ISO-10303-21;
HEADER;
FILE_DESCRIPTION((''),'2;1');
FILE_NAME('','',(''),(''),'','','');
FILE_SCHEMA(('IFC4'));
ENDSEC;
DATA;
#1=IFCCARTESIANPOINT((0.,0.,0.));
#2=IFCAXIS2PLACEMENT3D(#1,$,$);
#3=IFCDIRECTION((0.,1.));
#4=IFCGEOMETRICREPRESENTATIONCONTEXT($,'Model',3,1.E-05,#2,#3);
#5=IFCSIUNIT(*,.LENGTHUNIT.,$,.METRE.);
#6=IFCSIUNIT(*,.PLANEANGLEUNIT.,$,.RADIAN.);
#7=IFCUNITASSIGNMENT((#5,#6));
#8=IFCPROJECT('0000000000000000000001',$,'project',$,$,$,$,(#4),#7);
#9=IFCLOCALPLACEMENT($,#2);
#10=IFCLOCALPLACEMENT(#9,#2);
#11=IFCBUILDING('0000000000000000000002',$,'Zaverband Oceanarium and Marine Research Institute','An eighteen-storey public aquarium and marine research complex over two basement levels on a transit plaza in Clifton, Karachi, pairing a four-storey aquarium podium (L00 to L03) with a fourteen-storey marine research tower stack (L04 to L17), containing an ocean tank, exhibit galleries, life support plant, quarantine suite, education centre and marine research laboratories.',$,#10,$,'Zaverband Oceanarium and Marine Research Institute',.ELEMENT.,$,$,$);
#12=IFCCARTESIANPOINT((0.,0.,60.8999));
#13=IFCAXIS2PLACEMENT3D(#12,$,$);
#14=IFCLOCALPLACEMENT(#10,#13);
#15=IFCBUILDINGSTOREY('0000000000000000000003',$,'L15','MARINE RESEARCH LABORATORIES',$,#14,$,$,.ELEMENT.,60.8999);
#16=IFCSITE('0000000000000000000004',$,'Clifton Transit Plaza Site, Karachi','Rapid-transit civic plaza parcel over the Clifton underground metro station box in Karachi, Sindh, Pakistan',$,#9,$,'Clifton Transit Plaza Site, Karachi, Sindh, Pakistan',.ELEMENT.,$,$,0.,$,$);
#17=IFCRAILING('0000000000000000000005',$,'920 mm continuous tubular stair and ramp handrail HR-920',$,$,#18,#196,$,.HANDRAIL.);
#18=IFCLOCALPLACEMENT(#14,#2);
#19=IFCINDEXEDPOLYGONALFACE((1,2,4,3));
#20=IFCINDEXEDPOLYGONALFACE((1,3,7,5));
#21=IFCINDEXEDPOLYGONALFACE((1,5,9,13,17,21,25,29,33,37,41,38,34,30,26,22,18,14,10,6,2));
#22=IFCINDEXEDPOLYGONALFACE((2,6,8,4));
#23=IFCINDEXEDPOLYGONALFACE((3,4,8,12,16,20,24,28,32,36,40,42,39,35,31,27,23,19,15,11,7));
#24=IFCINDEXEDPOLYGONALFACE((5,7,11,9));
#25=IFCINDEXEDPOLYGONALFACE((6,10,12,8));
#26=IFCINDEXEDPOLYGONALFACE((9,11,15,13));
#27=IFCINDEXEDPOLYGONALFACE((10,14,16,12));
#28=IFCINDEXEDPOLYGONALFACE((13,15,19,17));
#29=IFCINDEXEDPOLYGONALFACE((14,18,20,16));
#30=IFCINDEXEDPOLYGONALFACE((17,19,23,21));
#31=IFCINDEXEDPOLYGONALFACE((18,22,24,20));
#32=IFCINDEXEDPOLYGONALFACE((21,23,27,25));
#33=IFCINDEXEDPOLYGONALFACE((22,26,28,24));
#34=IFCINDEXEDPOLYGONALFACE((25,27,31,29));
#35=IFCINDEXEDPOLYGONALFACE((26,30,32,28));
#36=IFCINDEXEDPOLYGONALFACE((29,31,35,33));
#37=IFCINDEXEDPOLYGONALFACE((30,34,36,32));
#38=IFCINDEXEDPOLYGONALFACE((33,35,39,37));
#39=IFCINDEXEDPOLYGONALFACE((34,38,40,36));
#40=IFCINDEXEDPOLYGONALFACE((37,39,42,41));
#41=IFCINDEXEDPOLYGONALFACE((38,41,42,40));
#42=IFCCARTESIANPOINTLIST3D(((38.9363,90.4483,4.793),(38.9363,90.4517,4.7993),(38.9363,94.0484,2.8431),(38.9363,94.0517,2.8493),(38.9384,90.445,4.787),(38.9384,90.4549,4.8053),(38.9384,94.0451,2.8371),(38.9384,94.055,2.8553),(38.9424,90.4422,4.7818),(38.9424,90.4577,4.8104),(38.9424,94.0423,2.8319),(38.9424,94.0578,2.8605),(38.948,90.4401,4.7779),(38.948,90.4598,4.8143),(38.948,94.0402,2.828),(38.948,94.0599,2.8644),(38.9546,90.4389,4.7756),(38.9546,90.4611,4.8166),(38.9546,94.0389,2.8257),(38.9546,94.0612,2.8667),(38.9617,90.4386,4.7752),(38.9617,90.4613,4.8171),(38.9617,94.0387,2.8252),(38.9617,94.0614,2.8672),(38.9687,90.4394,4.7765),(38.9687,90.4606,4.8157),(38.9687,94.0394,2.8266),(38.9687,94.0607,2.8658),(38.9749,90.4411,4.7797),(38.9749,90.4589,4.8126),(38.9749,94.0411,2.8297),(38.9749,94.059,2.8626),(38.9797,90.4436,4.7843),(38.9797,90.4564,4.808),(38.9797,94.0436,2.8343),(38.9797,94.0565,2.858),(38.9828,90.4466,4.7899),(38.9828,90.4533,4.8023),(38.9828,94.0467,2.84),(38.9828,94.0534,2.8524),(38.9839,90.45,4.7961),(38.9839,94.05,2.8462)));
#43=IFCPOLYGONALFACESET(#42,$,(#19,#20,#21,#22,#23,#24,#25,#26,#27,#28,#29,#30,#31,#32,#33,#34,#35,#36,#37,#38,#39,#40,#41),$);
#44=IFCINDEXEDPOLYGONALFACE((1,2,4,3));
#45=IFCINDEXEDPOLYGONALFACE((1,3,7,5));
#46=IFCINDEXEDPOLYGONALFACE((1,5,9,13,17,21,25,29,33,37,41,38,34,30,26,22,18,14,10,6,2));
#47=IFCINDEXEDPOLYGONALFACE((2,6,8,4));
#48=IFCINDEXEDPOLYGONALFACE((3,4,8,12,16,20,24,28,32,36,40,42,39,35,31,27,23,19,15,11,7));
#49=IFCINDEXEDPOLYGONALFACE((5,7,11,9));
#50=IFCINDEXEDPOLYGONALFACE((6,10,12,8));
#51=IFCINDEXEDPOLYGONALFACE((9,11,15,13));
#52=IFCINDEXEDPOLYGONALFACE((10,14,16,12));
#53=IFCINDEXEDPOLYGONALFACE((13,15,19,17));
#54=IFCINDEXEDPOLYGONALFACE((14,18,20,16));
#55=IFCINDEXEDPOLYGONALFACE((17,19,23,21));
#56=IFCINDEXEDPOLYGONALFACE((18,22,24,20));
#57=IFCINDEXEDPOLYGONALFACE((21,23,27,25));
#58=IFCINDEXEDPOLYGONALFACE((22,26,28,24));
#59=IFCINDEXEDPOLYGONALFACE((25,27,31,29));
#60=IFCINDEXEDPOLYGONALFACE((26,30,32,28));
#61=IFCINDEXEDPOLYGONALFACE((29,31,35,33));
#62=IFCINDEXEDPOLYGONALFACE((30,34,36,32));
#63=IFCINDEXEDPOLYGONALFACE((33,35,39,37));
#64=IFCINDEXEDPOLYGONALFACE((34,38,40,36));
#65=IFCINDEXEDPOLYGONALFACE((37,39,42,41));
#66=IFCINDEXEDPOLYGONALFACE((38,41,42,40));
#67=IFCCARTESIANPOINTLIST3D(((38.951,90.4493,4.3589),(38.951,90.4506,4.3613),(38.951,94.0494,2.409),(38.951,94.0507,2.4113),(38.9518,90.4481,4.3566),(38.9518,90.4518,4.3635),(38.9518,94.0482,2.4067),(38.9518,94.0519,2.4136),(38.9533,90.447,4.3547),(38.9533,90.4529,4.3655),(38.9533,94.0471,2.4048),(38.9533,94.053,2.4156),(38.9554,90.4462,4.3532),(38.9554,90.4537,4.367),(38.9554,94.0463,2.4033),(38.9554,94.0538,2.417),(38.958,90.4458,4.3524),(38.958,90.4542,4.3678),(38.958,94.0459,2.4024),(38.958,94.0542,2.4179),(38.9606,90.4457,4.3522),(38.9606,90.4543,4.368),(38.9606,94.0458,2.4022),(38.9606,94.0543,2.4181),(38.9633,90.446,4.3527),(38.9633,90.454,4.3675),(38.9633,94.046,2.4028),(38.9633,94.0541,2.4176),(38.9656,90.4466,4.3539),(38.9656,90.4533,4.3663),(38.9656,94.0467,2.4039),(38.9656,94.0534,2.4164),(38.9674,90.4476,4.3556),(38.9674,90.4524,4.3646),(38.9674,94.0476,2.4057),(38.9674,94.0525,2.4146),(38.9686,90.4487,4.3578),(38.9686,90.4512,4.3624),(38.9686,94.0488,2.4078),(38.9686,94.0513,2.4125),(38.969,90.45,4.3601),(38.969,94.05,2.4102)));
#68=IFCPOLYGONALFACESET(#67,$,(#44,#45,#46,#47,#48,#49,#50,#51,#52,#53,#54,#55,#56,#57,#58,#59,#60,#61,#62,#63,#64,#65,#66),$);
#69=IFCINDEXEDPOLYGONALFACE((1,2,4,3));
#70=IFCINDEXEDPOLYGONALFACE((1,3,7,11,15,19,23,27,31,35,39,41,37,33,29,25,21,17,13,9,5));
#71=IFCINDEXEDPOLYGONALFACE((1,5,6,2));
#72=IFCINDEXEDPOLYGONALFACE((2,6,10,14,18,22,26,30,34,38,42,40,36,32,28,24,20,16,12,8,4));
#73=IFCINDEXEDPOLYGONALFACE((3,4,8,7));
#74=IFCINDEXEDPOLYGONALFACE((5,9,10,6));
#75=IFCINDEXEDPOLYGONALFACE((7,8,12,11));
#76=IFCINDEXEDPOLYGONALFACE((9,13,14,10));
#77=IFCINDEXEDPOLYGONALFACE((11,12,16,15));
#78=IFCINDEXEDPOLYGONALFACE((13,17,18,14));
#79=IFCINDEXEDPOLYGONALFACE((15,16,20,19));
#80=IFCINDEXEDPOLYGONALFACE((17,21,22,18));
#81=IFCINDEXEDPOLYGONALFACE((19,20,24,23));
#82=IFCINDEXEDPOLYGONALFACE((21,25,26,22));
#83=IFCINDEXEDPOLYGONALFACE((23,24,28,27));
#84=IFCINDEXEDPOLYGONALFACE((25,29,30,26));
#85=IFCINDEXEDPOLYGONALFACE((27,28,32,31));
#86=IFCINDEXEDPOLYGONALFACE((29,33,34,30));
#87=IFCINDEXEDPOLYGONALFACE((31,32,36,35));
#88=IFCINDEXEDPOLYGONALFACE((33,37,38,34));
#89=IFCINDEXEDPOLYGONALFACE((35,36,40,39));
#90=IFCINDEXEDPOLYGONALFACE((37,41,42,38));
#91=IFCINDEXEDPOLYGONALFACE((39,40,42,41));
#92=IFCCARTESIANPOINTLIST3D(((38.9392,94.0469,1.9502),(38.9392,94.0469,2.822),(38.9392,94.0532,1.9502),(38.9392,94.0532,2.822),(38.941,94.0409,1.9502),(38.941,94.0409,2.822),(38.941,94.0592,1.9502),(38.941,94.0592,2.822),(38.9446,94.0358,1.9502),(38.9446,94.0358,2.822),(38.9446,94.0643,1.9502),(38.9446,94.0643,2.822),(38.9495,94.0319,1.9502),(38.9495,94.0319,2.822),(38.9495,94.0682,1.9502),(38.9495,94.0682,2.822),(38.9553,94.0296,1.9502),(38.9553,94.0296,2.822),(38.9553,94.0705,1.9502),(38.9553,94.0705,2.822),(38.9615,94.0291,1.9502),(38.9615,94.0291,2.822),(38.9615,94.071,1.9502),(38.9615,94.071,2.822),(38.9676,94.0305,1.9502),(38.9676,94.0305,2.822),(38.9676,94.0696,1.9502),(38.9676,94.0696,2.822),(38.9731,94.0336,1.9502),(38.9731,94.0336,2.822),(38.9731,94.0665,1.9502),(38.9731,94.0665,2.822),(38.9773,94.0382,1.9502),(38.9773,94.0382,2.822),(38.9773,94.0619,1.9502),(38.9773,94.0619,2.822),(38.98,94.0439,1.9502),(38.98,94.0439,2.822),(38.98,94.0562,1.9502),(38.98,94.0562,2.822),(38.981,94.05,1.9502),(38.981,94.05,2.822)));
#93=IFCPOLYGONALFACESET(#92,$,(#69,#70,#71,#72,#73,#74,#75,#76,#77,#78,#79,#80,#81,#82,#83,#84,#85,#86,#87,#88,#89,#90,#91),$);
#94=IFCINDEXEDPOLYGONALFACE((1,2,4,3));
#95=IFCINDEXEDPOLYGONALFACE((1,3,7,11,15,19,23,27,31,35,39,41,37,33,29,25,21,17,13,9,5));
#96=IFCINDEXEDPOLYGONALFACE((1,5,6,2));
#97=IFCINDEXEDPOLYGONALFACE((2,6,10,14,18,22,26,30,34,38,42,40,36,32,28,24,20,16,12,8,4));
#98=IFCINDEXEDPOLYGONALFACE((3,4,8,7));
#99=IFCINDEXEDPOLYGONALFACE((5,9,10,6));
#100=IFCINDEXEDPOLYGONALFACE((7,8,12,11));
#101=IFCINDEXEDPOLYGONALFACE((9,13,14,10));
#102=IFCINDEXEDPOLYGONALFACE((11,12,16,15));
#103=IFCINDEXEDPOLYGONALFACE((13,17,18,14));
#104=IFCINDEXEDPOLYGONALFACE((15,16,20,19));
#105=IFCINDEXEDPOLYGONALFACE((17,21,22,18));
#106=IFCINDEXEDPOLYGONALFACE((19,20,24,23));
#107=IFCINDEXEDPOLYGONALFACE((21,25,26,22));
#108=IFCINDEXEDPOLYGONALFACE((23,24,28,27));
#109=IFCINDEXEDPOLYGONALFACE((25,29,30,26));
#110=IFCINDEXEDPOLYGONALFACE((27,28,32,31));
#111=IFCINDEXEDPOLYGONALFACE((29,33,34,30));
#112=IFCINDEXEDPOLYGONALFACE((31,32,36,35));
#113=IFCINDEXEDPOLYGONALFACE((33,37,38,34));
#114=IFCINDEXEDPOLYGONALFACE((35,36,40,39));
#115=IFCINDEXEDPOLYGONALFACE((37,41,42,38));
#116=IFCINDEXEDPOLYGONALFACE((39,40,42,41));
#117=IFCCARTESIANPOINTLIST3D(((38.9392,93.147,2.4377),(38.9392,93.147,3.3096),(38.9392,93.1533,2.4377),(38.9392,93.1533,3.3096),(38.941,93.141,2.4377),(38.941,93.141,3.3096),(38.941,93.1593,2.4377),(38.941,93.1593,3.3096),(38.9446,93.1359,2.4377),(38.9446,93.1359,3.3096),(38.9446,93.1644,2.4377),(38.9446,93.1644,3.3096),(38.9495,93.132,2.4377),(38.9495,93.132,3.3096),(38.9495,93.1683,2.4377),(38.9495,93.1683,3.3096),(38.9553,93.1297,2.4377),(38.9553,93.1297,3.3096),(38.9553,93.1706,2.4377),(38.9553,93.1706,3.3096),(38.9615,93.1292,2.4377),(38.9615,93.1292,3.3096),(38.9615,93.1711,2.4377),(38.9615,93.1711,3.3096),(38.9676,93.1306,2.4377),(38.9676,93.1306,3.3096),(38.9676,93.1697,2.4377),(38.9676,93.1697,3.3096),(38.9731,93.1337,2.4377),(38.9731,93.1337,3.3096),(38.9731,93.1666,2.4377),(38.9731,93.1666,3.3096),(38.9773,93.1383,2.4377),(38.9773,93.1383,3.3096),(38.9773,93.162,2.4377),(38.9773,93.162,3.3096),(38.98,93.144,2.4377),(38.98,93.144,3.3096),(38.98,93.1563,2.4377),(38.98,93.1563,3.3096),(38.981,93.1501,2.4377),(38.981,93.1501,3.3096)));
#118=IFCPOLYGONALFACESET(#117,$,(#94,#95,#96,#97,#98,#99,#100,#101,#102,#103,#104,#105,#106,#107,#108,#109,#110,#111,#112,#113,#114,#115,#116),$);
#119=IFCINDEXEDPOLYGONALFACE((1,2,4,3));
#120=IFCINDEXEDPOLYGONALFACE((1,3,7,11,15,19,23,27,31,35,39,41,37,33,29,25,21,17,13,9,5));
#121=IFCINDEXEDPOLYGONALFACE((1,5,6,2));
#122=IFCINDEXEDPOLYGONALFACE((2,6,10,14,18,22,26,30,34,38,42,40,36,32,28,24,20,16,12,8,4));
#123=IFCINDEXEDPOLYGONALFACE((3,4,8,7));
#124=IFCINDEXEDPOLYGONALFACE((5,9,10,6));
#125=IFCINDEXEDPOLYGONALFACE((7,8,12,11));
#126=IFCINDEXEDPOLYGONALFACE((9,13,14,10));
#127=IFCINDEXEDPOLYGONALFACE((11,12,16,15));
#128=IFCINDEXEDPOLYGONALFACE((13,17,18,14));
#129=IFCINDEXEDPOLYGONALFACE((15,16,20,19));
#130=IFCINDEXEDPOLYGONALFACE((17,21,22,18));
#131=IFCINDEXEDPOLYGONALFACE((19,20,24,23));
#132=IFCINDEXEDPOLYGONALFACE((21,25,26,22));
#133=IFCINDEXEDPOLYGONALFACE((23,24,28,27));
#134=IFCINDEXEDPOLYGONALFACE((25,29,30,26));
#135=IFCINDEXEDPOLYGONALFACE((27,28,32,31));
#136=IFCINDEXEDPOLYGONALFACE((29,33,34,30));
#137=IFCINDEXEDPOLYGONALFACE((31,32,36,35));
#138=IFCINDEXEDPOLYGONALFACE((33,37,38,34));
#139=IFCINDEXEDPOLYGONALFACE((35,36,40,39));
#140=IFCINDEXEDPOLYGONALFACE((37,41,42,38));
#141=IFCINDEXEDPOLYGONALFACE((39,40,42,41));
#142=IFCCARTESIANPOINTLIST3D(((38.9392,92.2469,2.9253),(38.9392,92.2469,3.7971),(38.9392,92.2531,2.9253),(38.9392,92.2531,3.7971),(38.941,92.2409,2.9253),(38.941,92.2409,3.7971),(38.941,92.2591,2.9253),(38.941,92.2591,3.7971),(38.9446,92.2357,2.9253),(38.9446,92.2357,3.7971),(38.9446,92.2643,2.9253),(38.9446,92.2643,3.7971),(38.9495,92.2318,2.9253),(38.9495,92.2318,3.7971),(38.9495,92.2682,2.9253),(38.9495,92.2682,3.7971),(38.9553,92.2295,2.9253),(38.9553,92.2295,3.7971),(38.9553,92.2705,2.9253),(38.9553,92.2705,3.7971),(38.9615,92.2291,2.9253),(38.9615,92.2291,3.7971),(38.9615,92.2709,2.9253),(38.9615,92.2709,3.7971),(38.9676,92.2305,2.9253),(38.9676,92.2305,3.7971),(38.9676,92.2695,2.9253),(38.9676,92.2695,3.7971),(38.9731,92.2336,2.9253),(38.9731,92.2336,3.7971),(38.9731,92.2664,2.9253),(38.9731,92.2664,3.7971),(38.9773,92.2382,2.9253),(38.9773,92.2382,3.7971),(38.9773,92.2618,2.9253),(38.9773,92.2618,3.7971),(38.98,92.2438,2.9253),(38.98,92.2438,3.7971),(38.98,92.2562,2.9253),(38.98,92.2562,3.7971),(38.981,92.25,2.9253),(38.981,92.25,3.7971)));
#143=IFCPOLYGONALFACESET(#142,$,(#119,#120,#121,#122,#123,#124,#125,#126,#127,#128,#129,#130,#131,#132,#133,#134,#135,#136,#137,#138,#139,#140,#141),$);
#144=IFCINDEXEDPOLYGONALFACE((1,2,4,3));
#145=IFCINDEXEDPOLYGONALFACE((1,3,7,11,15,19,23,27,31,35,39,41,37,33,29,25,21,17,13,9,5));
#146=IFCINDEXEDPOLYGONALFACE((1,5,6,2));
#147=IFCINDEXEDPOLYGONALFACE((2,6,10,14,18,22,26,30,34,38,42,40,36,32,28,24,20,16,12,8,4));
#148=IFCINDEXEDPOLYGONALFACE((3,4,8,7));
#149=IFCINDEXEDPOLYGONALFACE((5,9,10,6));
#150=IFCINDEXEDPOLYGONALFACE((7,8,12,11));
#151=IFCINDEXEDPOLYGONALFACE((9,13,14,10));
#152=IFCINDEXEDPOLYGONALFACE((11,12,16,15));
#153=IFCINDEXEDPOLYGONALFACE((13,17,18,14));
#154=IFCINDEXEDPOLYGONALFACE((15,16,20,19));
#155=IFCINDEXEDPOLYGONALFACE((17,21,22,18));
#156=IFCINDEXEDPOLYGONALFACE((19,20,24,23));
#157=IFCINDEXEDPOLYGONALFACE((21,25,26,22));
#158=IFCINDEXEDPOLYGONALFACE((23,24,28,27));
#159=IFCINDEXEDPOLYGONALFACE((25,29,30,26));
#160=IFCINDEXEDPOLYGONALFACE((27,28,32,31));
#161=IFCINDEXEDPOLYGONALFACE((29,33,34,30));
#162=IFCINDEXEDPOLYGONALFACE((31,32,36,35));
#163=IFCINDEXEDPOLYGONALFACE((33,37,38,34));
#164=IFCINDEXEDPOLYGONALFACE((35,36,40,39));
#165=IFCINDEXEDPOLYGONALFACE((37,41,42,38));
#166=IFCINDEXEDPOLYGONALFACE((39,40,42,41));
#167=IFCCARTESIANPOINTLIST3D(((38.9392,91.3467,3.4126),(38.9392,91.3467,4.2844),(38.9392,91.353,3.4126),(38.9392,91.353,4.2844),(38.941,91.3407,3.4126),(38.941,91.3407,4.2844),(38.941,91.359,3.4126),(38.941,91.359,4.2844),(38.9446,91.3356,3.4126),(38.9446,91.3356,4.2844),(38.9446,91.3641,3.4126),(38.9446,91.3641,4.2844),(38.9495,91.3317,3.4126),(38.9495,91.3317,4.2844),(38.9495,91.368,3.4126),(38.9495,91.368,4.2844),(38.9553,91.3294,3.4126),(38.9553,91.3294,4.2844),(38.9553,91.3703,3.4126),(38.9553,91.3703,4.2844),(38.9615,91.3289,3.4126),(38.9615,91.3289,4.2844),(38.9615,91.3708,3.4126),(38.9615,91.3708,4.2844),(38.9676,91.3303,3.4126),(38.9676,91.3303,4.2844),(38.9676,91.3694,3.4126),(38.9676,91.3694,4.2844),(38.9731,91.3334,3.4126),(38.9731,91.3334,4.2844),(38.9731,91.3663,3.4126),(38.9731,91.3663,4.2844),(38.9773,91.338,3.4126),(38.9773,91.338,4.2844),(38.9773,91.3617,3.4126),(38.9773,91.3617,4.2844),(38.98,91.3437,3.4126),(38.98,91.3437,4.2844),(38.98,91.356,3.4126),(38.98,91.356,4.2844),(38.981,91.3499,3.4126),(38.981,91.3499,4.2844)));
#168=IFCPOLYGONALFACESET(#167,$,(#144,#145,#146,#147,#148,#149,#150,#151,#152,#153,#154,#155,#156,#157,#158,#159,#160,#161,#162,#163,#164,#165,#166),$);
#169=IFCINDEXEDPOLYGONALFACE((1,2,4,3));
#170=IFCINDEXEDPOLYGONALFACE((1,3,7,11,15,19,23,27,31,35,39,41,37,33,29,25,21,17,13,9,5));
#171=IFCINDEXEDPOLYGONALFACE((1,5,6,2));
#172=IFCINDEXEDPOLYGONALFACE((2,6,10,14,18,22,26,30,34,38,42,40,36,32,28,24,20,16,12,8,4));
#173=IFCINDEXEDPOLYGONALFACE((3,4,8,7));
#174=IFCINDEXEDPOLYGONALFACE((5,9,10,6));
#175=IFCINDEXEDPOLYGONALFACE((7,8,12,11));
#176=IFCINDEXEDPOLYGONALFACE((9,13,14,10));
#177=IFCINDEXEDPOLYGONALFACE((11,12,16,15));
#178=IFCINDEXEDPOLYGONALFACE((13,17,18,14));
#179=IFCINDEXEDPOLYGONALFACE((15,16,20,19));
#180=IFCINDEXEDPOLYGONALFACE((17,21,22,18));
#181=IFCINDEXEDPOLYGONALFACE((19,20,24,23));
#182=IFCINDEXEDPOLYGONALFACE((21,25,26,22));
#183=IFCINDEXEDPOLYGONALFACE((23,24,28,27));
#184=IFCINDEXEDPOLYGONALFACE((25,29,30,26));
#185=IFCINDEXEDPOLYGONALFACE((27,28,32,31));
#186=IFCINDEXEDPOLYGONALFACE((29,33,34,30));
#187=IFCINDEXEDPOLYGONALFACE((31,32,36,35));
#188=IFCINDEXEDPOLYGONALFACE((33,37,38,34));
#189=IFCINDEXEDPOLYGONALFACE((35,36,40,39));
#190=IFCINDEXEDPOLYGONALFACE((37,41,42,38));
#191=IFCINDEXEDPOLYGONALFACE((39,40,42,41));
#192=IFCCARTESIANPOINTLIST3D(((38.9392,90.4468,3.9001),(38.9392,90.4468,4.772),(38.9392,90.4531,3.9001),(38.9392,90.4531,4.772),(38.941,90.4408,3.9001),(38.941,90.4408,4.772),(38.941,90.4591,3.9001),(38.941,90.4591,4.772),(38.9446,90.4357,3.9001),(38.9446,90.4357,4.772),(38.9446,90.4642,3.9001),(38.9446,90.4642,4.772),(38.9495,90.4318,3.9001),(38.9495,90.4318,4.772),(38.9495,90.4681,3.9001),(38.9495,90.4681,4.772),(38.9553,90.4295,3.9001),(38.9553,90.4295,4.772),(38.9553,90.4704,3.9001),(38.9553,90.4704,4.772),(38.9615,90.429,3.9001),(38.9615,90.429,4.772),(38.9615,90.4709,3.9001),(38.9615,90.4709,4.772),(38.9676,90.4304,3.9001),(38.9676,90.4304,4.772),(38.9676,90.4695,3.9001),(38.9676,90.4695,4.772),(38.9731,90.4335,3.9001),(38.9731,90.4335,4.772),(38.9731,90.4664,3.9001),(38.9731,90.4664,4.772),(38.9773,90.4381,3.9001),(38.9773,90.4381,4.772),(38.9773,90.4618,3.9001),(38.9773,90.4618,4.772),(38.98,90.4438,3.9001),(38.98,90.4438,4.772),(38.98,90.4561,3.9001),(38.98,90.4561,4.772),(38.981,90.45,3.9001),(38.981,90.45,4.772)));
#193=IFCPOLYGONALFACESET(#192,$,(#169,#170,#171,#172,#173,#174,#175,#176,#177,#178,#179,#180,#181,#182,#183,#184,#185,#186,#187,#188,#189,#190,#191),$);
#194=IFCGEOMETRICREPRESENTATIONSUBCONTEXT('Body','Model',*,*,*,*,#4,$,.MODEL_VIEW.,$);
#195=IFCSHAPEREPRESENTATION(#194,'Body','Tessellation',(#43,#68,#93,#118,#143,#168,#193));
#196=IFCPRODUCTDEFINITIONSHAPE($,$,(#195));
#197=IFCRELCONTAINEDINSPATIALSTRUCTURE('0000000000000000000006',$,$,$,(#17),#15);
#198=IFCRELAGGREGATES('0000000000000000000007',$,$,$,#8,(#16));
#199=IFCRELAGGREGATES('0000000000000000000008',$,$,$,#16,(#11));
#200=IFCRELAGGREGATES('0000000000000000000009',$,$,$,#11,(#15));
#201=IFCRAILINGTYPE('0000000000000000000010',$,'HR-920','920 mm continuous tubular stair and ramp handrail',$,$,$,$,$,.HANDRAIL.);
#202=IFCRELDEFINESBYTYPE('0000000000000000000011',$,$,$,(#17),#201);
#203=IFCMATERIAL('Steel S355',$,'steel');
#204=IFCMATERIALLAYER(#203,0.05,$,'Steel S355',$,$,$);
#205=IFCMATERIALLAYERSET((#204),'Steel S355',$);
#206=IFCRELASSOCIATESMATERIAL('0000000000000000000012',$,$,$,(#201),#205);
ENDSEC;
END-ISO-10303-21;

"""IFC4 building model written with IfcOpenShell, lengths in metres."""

from ifc_helpers import new_model, si_unit, direction, frame, origin, origin_2d, place, context, subcontext, project, spatial, circle, extrude, material, layer, layer_set, type_object, element, save


model = new_model("IFC4")

# Units and contexts
model_context = context("Model", 3, precision=1e-05, world=origin(), true_north=direction((0.0, 1.0)))
body_context = subcontext(model_context, "Body", "Model", "MODEL_VIEW")
ifc_project = project(units=[si_unit("LENGTHUNIT", "METRE"), si_unit("PLANEANGLEUNIT", "RADIAN")], contexts=[model_context])

# Site, building, storey
site_placement = place(None, origin())
site = spatial("IfcSite", under=ifc_project, at=site_placement, Name="Clifton Transit Plaza Site, Karachi", Description="Rapid-transit civic plaza parcel over the Clifton underground metro station box in Karachi, Sindh, Pakistan", LongName="Clifton Transit Plaza Site, Karachi, Sindh, Pakistan", CompositionType="ELEMENT", RefElevation=0.0)
building_placement = place(site_placement, origin())
building = spatial("IfcBuilding", under=site, at=building_placement, Name="Zaverband Oceanarium and Marine Research Institute", Description="An eighteen-storey public aquarium and marine research complex over two basement levels on a transit plaza in Clifton, Karachi, pairing a four-storey aquarium podium (L00 to L03) with a fourteen-storey marine research tower stack (L04 to L17), containing an ocean tank, exhibit galleries, life support plant, quarantine suite, education centre and marine research laboratories.", LongName="Zaverband Oceanarium and Marine Research Institute", CompositionType="ELEMENT")
storey_placement = place(building_placement, frame((0.0, 0.0, 60.8999)))
storey = spatial("IfcBuildingStorey", under=building, at=storey_placement, Name="L15", Description="MARINE RESEARCH LABORATORIES", CompositionType="ELEMENT", Elevation=60.8999)

# Shared definitions
ifc_material_1 = material(Name="Steel S355", Category="steel")

# Railing
ifc_layer_1 = layer(ifc_material_1, 0.05, Name="Steel S355")
ifc_layer_set_1 = layer_set([ifc_layer_1], Name="Steel S355")
railing_type_1 = type_object("IfcRailingType", Name="HR-920", Description="920 mm continuous tubular stair and ramp handrail", PredefinedType="HANDRAIL", material=ifc_layer_set_1)
railing_1_placement = place(storey_placement, frame((38.96, 94.05, 1.9502)))
element("IfcRailing", 1, at=railing_1_placement, inside=storey, type_object=railing_type_1, Name="920 mm continuous tubular stair and ramp handrail HR-920", PredefinedType="HANDRAIL", context=body_context, shape_type="SweptSolid", body=[
    extrude(circle(Radius=0.0239, at=origin_2d()), frame((0.0, 0.0, 0.896), z_axis=(0.0, -0.879302, 0.476264), x_axis=(1.0, 0.0, 0.0)), (0.0, 0.0, 1.0), 4.0942),
    extrude(circle(Radius=0.009, at=origin_2d()), frame((0.0, 0.0, 0.46), z_axis=(0.0, -0.879302, 0.476264), x_axis=(1.0, 0.0, 0.0)), (0.0, 0.0, 1.0), 4.0942),
    extrude(circle(Radius=0.021, at=origin_2d()), origin(), (0.0, 0.0, 1.0), 0.8718),
    extrude(circle(Radius=0.021, at=origin_2d()), frame((0.0, -0.8999, 0.4875)), (0.0, 0.0, 1.0), 0.8718),
    extrude(circle(Radius=0.021, at=origin_2d()), frame((0.0, -1.8, 0.9751)), (0.0, 0.0, 1.0), 0.8718),
    extrude(circle(Radius=0.021, at=origin_2d()), frame((0.0, -2.7002, 1.4624)), (0.0, 0.0, 1.0), 0.8718),
    extrude(circle(Radius=0.021, at=origin_2d()), frame((0.0, -3.6001, 1.95)), (0.0, 0.0, 1.0), 0.8718),
])

save(model, "model.ifc")
